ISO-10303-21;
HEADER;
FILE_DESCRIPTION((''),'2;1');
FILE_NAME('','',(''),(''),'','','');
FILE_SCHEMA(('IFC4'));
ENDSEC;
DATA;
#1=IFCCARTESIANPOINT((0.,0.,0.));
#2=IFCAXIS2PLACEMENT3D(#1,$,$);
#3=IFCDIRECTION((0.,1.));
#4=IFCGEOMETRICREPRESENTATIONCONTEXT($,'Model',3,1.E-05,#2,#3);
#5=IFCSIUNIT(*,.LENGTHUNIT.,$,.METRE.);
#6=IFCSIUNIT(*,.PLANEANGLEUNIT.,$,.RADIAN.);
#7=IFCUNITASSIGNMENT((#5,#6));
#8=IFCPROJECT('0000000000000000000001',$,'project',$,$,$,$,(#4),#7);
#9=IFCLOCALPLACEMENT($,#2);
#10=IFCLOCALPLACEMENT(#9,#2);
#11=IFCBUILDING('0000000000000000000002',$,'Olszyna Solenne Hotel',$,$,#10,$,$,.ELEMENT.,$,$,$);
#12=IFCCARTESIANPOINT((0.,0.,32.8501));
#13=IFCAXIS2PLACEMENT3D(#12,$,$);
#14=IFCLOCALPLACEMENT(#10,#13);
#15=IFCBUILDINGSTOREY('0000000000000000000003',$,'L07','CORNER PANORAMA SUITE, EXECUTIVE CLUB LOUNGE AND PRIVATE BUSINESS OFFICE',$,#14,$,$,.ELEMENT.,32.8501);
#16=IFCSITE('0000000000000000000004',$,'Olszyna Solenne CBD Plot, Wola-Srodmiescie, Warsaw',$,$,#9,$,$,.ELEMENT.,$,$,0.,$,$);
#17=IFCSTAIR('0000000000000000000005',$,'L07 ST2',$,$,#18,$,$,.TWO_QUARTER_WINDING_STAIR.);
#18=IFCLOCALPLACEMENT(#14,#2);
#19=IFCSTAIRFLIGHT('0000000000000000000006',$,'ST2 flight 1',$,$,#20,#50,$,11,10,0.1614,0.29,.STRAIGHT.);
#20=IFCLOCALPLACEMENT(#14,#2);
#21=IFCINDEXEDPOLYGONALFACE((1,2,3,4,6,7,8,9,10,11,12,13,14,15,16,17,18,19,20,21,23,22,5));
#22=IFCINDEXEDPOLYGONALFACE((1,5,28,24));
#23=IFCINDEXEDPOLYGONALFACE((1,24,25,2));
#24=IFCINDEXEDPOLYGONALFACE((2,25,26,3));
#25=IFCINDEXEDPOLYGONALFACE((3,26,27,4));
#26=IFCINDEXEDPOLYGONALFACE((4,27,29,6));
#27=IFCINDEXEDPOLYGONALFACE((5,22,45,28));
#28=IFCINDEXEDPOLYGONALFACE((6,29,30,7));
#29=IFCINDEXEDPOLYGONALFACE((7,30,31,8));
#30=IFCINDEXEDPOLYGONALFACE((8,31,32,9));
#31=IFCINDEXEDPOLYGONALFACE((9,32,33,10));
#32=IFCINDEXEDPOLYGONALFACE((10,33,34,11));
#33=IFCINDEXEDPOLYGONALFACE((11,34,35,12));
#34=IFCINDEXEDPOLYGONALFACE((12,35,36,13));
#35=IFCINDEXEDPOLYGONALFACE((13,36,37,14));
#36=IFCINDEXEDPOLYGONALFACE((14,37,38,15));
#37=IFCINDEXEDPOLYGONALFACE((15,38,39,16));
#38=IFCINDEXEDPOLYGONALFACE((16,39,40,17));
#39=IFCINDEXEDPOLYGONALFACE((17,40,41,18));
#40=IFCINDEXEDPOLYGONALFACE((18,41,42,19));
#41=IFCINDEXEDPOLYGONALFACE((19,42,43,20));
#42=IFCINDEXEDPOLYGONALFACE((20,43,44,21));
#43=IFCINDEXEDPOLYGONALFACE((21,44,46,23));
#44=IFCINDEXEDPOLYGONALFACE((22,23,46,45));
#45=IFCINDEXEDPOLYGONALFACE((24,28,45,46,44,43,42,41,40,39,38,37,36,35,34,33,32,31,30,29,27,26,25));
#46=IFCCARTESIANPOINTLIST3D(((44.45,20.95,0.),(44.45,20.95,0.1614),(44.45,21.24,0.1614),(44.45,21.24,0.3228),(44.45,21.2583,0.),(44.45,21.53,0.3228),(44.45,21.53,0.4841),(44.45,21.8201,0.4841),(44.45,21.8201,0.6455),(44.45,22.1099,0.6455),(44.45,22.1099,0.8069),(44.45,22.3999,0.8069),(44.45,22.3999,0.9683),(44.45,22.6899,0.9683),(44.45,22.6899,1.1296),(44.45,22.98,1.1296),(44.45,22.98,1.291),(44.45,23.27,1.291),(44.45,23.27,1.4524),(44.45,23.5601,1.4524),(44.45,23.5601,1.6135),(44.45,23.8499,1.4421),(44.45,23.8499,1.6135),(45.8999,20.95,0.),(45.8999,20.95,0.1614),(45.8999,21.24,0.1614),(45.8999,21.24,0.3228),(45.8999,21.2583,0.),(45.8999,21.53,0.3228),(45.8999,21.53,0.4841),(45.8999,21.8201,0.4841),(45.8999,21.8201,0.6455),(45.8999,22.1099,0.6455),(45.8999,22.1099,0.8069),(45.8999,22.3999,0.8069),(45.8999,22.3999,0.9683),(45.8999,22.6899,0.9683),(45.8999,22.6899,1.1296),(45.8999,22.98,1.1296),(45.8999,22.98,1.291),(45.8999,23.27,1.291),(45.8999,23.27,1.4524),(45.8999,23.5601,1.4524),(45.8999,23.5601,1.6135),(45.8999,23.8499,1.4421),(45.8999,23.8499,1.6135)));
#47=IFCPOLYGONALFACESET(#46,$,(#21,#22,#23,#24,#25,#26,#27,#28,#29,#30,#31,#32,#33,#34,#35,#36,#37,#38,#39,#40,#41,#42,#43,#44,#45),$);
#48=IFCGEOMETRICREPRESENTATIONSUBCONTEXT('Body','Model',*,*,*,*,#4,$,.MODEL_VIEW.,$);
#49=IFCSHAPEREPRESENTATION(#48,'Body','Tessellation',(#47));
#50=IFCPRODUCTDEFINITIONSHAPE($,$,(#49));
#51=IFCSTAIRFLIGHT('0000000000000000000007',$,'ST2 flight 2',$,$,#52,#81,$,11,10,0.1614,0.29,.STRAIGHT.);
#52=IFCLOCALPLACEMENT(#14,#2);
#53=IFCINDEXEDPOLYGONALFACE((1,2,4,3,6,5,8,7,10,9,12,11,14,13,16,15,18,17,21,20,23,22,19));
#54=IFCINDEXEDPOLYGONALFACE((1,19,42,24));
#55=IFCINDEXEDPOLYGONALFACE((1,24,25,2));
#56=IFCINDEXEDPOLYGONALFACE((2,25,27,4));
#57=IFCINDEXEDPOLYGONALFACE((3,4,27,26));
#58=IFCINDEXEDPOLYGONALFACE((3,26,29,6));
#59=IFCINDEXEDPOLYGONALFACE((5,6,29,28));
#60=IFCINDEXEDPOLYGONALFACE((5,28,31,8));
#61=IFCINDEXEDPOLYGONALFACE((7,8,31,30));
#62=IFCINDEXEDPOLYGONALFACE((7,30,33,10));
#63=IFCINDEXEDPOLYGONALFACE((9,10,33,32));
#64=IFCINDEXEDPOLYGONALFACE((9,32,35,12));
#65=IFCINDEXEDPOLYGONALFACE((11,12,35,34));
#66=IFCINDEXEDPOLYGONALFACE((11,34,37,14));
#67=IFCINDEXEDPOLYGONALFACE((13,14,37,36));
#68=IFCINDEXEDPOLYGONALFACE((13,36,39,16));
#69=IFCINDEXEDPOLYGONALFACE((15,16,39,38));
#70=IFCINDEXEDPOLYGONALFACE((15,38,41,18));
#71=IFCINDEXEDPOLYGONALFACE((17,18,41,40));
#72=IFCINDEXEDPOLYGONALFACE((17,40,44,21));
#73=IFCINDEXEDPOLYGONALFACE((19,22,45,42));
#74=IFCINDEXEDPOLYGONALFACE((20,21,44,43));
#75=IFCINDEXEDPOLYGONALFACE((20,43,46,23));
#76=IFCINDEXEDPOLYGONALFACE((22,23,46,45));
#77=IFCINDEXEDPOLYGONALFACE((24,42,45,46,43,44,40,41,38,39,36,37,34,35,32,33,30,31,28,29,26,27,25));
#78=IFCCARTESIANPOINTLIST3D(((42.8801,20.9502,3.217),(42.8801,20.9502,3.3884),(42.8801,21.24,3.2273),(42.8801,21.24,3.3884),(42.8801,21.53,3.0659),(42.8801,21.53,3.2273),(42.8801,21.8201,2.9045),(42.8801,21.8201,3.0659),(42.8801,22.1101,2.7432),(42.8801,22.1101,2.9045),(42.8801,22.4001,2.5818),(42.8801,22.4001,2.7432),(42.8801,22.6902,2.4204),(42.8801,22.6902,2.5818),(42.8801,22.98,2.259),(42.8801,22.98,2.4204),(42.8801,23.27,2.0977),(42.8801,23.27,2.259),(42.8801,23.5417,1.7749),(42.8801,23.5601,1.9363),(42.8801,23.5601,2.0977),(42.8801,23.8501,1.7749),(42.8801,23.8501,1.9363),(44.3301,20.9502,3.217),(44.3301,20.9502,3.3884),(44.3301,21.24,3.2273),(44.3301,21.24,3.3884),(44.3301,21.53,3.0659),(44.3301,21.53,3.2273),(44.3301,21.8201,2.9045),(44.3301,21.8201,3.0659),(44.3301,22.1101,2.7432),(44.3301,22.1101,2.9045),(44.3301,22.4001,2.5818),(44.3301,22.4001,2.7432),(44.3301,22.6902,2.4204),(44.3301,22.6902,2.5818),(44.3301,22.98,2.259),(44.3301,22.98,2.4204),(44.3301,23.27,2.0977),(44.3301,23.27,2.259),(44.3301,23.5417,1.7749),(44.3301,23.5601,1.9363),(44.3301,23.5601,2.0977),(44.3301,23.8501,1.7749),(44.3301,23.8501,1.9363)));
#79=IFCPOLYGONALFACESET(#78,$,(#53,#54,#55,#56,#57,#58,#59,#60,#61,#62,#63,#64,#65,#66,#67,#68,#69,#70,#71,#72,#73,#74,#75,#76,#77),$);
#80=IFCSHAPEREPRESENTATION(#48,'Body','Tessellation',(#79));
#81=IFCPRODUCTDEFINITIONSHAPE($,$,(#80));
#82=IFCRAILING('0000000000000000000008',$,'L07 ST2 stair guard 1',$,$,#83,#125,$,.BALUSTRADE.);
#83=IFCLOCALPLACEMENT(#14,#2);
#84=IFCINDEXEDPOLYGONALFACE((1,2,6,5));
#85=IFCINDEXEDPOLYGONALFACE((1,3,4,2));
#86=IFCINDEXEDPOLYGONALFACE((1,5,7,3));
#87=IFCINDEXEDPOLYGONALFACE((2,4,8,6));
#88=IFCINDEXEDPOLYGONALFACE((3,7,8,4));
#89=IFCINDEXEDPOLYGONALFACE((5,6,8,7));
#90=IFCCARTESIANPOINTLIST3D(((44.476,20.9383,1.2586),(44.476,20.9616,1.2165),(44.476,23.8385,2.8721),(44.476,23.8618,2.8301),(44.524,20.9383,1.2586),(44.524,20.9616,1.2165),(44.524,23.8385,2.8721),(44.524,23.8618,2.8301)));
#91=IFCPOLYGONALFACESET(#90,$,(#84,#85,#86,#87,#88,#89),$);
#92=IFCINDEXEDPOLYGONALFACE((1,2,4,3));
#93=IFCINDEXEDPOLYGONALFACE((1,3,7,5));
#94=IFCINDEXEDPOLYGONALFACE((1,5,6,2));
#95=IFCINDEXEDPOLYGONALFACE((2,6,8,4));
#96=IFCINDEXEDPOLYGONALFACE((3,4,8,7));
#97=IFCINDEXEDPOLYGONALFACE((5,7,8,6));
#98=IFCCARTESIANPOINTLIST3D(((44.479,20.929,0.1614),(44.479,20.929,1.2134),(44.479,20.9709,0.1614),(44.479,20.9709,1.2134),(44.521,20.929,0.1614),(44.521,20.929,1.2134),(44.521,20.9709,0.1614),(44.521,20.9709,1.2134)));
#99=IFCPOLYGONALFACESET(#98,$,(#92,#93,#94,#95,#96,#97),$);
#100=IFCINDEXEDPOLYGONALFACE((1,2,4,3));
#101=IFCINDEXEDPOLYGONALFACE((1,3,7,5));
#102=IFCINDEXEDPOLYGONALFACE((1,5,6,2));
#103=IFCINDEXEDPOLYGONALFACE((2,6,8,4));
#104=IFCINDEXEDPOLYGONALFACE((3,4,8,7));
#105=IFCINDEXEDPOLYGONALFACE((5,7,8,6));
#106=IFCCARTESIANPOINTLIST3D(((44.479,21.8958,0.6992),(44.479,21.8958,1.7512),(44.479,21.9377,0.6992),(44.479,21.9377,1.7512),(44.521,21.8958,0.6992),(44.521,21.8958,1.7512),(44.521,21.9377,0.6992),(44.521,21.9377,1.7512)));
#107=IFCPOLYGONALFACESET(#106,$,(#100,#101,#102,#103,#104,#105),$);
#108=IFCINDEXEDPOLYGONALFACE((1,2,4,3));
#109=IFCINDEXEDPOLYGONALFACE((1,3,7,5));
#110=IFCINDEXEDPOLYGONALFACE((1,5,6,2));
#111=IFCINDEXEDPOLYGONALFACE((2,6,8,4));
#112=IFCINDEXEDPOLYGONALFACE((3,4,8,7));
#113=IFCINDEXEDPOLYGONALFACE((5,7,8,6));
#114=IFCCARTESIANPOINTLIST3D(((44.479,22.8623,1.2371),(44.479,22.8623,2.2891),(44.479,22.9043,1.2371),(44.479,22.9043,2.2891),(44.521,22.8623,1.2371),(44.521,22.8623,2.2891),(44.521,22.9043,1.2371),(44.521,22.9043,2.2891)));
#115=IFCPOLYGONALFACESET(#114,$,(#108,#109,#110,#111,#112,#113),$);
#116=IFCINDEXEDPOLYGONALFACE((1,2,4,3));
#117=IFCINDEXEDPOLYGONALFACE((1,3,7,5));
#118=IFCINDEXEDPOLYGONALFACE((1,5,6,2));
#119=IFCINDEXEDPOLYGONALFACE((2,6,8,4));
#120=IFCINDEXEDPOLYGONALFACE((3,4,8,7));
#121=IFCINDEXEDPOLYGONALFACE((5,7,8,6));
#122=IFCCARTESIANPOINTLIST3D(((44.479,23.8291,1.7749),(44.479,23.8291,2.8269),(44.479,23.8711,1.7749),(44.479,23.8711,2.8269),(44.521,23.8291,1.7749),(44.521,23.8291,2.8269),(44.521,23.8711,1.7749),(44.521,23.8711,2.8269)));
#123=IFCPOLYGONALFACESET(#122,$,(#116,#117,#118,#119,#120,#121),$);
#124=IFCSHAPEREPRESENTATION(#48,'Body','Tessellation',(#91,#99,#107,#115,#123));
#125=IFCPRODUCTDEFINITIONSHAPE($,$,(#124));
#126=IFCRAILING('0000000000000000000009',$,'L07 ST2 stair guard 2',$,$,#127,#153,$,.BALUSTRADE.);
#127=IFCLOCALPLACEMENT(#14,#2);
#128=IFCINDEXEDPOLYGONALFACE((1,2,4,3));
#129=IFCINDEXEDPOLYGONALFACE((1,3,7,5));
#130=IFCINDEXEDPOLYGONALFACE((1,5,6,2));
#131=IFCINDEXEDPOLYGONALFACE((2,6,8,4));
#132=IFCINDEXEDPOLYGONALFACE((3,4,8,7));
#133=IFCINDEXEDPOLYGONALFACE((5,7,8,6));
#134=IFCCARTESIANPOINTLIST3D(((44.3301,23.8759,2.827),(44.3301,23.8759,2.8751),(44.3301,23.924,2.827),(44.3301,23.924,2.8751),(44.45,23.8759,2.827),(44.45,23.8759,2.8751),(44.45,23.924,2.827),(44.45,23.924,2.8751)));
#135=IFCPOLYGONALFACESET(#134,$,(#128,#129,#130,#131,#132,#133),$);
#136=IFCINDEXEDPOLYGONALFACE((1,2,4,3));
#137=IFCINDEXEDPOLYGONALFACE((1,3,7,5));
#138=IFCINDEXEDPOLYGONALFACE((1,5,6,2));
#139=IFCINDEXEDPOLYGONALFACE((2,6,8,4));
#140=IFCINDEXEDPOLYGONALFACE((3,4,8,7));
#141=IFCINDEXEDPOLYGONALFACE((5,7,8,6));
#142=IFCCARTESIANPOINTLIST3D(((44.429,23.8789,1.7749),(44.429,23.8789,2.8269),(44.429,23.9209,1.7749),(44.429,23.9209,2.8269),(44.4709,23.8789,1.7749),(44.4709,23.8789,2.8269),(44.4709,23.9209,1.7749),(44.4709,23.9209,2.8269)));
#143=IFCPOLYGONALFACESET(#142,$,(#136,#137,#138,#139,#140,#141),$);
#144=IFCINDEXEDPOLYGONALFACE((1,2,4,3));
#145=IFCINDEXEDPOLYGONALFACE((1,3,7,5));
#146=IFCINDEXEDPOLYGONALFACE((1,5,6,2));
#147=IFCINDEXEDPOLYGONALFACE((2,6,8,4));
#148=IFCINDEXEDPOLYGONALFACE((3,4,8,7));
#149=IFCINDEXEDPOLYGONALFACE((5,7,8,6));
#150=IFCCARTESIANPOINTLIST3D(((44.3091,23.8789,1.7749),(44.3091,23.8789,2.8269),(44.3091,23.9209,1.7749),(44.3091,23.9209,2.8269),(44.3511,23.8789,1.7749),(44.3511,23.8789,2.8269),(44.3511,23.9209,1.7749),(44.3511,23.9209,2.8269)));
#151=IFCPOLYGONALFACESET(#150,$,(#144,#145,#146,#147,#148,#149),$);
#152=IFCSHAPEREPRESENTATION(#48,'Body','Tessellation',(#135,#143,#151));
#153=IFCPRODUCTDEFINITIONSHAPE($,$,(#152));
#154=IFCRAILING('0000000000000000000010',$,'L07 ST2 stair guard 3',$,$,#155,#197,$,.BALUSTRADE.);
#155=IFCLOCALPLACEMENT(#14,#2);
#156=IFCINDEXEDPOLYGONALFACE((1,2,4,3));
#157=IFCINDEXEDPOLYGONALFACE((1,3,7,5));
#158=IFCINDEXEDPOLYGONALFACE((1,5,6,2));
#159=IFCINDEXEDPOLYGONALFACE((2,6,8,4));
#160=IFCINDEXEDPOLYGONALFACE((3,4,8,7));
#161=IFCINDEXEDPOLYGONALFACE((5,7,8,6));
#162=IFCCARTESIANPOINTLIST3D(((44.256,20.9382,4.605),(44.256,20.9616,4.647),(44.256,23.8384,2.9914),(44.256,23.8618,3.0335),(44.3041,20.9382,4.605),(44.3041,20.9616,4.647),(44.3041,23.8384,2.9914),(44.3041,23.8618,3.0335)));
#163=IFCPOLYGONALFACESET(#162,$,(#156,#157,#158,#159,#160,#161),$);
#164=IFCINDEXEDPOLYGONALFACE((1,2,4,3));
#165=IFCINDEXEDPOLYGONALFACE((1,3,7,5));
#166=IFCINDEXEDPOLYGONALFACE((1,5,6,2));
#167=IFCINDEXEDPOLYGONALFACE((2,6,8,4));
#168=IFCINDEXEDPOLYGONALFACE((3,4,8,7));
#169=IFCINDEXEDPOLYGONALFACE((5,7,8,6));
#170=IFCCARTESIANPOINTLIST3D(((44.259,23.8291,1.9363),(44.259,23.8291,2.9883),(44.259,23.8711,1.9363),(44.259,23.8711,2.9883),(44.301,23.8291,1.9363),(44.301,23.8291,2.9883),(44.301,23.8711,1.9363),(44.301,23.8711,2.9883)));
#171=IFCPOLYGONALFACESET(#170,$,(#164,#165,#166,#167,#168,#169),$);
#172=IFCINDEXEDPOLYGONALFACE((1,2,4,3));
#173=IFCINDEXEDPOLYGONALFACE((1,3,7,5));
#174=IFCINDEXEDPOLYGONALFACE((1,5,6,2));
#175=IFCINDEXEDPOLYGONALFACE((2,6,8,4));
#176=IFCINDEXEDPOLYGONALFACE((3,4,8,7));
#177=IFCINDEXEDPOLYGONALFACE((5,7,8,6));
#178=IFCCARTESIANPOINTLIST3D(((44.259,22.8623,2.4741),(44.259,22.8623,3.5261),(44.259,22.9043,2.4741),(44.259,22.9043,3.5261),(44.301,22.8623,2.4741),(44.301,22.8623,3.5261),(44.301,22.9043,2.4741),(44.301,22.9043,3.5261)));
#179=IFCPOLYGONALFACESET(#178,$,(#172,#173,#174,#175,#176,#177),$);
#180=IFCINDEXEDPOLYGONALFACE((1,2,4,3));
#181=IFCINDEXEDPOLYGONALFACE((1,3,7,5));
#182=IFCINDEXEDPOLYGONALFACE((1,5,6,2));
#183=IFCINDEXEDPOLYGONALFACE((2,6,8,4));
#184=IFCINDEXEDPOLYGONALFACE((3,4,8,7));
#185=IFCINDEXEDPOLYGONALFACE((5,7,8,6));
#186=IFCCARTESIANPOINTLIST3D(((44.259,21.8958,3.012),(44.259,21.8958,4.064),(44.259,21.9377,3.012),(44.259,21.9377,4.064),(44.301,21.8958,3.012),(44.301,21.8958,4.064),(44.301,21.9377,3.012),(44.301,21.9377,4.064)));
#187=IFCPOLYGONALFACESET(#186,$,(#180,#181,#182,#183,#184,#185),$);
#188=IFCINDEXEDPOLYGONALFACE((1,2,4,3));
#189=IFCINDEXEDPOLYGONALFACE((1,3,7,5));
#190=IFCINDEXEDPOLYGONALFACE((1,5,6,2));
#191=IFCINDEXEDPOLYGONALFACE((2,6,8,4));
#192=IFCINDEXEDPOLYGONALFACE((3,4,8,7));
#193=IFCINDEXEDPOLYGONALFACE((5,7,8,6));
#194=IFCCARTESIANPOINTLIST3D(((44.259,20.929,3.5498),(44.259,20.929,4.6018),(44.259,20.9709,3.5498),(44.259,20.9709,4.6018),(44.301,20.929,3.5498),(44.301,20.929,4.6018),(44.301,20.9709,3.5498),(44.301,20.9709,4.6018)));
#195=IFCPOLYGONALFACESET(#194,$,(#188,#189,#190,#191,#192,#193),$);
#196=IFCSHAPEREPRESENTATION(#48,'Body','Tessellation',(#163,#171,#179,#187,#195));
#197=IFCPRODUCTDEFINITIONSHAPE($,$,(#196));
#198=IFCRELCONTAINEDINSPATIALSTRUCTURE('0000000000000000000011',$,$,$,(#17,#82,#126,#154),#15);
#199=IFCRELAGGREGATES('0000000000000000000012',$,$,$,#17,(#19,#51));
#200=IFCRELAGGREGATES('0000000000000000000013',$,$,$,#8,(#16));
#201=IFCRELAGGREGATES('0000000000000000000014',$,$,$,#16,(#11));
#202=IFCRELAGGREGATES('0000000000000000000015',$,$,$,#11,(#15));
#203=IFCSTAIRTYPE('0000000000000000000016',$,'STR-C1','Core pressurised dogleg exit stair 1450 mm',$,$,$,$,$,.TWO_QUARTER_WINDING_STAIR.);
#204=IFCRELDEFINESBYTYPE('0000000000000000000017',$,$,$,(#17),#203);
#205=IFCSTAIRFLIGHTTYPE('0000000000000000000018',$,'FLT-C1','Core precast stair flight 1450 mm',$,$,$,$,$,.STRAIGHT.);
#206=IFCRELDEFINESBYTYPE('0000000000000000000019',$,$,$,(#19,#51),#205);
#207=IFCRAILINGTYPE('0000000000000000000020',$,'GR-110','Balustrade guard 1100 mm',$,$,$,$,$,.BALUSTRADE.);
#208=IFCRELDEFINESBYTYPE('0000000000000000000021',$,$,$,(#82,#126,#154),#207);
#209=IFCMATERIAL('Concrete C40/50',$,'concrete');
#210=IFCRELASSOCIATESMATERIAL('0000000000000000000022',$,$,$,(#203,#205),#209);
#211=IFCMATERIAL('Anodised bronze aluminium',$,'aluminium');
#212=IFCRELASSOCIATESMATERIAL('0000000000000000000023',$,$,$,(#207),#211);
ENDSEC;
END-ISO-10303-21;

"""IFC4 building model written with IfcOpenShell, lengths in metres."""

from ifc_helpers import new_model, si_unit, direction, frame, origin, origin_2d, place, context, subcontext, project, spatial, polyline, rectangle, outline, extrude, material, type_object, element, aggregate, save


model = new_model("IFC4")

# Units and contexts
model_context = context("Model", 3, precision=1e-05, world=origin(), true_north=direction((0.0, 1.0)))
body_context = subcontext(model_context, "Body", "Model", "MODEL_VIEW")
ifc_project = project(units=[si_unit("LENGTHUNIT", "METRE"), si_unit("PLANEANGLEUNIT", "RADIAN")], contexts=[model_context])

# Site, building, storey
site_placement = place(None, origin())
site = spatial("IfcSite", under=ifc_project, at=site_placement, Name="Olszyna Solenne CBD Plot, Wola-Srodmiescie, Warsaw", CompositionType="ELEMENT", RefElevation=0.0)
building_placement = place(site_placement, origin())
building = spatial("IfcBuilding", under=site, at=building_placement, Name="Olszyna Solenne Hotel", CompositionType="ELEMENT")
storey_placement = place(building_placement, frame((0.0, 0.0, 32.8501)))
storey = spatial("IfcBuildingStorey", under=building, at=storey_placement, Name="L07", Description="CORNER PANORAMA SUITE, EXECUTIVE CLUB LOUNGE AND PRIVATE BUSINESS OFFICE", CompositionType="ELEMENT", Elevation=32.8501)

# Stair, stair flights
ifc_material_1 = material(Name="Concrete C40/50", Category="concrete")
stair_type = type_object("IfcStairType", Name="STR-C1", Description="Core pressurised dogleg exit stair 1450 mm", PredefinedType="TWO_QUARTER_WINDING_STAIR", material=ifc_material_1)
stair_placement = place(storey_placement, origin())
stair = element("IfcStair", 1, at=stair_placement, inside=storey, type_object=stair_type, Name="L07 ST2", PredefinedType="TWO_QUARTER_WINDING_STAIR")
stair_flight_type = type_object("IfcStairFlightType", Name="FLT-C1", Description="Core precast stair flight 1450 mm", PredefinedType="STRAIGHT", material=ifc_material_1)
stair_flight_1_placement = place(storey_placement, frame((45.175, 20.95, 0.0), z_axis=(0.0, 0.0, 1.0), x_axis=(0.0, 1.0, 0.0)))
stair_flight_1 = element("IfcStairFlight", 2, at=stair_flight_1_placement, type_object=stair_flight_type, Name="ST2 flight 1", NumberOfRisers=11, NumberOfTreads=10, PredefinedType="STRAIGHT", RiserHeight=0.1614, TreadLength=0.29, context=body_context, shape_type="SweptSolid", body=[
    extrude(outline(polyline([(0.0, 0.0), (0.0, 0.1614), (0.29, 0.1614), (0.29, 0.3228), (0.5801, 0.3228), (0.5801, 0.4841), (0.8701, 0.4841), (0.8701, 0.6455), (1.1599, 0.6455), (1.1599, 0.8069), (1.45, 0.8069), (1.45, 0.9683), (1.74, 0.9683), (1.74, 1.1296), (2.03, 1.1296), (2.03, 1.291), (2.3201, 1.291), (2.3201, 1.4524), (2.6101, 1.4524), (2.6101, 1.6135), (2.8999, 1.6135), (2.8999, 1.7749), (2.8999, 1.4421), (0.3083, 0.0), (0.0, 0.0)])), frame((0.0, 0.7251, 0.0), z_axis=(0.0, -1.0, 0.0), x_axis=(1.0, 0.0, 0.0)), (0.0, 0.0, 1.0), 1.45),
])
stair_flight_2_placement = place(storey_placement, frame((43.605, 23.8501, 1.7749), z_axis=(0.0, 0.0, 1.0), x_axis=(0.0, -1.0, 0.0)))
stair_flight_2 = element("IfcStairFlight", 3, at=stair_flight_2_placement, type_object=stair_flight_type, Name="ST2 flight 2", NumberOfRisers=11, NumberOfTreads=10, PredefinedType="STRAIGHT", RiserHeight=0.1614, TreadLength=0.29, context=body_context, shape_type="SweptSolid", body=[
    extrude(outline(polyline([(0.0, 0.0), (0.0, 0.1614), (0.29, 0.1614), (0.29, 0.3228), (0.5801, 0.3228), (0.5801, 0.4841), (0.8701, 0.4841), (0.8701, 0.6455), (1.1599, 0.6455), (1.1599, 0.8069), (1.45, 0.8069), (1.45, 0.9683), (1.74, 0.9683), (1.74, 1.1296), (2.03, 1.1296), (2.03, 1.291), (2.3201, 1.291), (2.3201, 1.4524), (2.6101, 1.4524), (2.6101, 1.6135), (2.8999, 1.6135), (2.8999, 1.7749), (2.8999, 1.4421), (0.3083, 0.0), (0.0, 0.0)])), frame((0.0, 0.7251, 0.0), z_axis=(0.0, -1.0, 0.0), x_axis=(1.0, 0.0, 0.0)), (0.0, 0.0, 1.0), 1.45),
])
aggregate(stair, [stair_flight_1, stair_flight_2])

# Railings
ifc_material_2 = material(Name="Anodised bronze aluminium", Category="aluminium")
railing_type_1 = type_object("IfcRailingType", Name="GR-110", Description="Balustrade guard 1100 mm", PredefinedType="BALUSTRADE", material=ifc_material_2)
railing_1_placement = place(storey_placement, frame((44.5, 20.95, 0.1614)))
element("IfcRailing", 4, at=railing_1_placement, inside=storey, type_object=railing_type_1, Name="L07 ST2 stair guard 1", PredefinedType="BALUSTRADE", context=body_context, shape_type="SweptSolid", body=[
    extrude(rectangle(XDim=0.0481, YDim=0.0481, at=origin_2d()), frame((0.0, 0.0, 1.0762), z_axis=(0.0, 0.873859, 0.48618), x_axis=(-1.0, 0.0, 0.0)), (0.0, 0.0, 1.0), 3.3188),
    extrude(rectangle(XDim=0.042, YDim=0.042, at=origin_2d()), origin(), (0.0, 0.0, 1.0), 1.052),
    extrude(rectangle(XDim=0.042, YDim=0.042, at=origin_2d()), frame((0.0, 0.9668, 0.5378)), (0.0, 0.0, 1.0), 1.052),
    extrude(rectangle(XDim=0.042, YDim=0.042, at=origin_2d()), frame((0.0, 1.9333, 1.0757)), (0.0, 0.0, 1.0), 1.052),
    extrude(rectangle(XDim=0.042, YDim=0.042, at=origin_2d()), frame((0.0, 2.9001, 1.6135)), (0.0, 0.0, 1.0), 1.052),
])
railing_2_placement = place(storey_placement, frame((44.45, 23.8999, 1.7749)))
element("IfcRailing", 5, at=railing_2_placement, inside=storey, type_object=railing_type_1, Name="L07 ST2 stair guard 2", PredefinedType="BALUSTRADE", context=body_context, shape_type="SweptSolid", body=[
    extrude(rectangle(XDim=0.0481, YDim=0.0481, at=origin_2d()), frame((0.0, 0.0, 1.0762), z_axis=(-1.0, 0.0, 0.0), x_axis=(0.0, -1.0, 0.0)), (0.0, 0.0, 1.0), 0.1199),
    extrude(rectangle(XDim=0.042, YDim=0.042, at=origin_2d()), origin(), (0.0, 0.0, 1.0), 1.052),
    extrude(rectangle(XDim=0.042, YDim=0.042, at=origin_2d()), frame((-0.1199, 0.0, 0.0)), (0.0, 0.0, 1.0), 1.052),
])
railing_3_placement = place(storey_placement, frame((44.28, 23.8501, 1.9363)))
element("IfcRailing", 6, at=railing_3_placement, inside=storey, type_object=railing_type_1, Name="L07 ST2 stair guard 3", PredefinedType="BALUSTRADE", context=body_context, shape_type="SweptSolid", body=[
    extrude(rectangle(XDim=0.0481, YDim=0.0481, at=origin_2d()), frame((0.0, 0.0, 1.0762), z_axis=(0.0, -0.873859, 0.48618), x_axis=(1.0, 0.0, 0.0)), (0.0, 0.0, 1.0), 3.3188),
    extrude(rectangle(XDim=0.042, YDim=0.042, at=origin_2d()), origin(), (0.0, 0.0, 1.0), 1.052),
    extrude(rectangle(XDim=0.042, YDim=0.042, at=origin_2d()), frame((0.0, -0.9668, 0.5378)), (0.0, 0.0, 1.0), 1.052),
    extrude(rectangle(XDim=0.042, YDim=0.042, at=origin_2d()), frame((0.0, -1.9333, 1.0757)), (0.0, 0.0, 1.0), 1.052),
    extrude(rectangle(XDim=0.042, YDim=0.042, at=origin_2d()), frame((0.0, -2.9001, 1.6135)), (0.0, 0.0, 1.0), 1.052),
])

save(model, "model.ifc")
